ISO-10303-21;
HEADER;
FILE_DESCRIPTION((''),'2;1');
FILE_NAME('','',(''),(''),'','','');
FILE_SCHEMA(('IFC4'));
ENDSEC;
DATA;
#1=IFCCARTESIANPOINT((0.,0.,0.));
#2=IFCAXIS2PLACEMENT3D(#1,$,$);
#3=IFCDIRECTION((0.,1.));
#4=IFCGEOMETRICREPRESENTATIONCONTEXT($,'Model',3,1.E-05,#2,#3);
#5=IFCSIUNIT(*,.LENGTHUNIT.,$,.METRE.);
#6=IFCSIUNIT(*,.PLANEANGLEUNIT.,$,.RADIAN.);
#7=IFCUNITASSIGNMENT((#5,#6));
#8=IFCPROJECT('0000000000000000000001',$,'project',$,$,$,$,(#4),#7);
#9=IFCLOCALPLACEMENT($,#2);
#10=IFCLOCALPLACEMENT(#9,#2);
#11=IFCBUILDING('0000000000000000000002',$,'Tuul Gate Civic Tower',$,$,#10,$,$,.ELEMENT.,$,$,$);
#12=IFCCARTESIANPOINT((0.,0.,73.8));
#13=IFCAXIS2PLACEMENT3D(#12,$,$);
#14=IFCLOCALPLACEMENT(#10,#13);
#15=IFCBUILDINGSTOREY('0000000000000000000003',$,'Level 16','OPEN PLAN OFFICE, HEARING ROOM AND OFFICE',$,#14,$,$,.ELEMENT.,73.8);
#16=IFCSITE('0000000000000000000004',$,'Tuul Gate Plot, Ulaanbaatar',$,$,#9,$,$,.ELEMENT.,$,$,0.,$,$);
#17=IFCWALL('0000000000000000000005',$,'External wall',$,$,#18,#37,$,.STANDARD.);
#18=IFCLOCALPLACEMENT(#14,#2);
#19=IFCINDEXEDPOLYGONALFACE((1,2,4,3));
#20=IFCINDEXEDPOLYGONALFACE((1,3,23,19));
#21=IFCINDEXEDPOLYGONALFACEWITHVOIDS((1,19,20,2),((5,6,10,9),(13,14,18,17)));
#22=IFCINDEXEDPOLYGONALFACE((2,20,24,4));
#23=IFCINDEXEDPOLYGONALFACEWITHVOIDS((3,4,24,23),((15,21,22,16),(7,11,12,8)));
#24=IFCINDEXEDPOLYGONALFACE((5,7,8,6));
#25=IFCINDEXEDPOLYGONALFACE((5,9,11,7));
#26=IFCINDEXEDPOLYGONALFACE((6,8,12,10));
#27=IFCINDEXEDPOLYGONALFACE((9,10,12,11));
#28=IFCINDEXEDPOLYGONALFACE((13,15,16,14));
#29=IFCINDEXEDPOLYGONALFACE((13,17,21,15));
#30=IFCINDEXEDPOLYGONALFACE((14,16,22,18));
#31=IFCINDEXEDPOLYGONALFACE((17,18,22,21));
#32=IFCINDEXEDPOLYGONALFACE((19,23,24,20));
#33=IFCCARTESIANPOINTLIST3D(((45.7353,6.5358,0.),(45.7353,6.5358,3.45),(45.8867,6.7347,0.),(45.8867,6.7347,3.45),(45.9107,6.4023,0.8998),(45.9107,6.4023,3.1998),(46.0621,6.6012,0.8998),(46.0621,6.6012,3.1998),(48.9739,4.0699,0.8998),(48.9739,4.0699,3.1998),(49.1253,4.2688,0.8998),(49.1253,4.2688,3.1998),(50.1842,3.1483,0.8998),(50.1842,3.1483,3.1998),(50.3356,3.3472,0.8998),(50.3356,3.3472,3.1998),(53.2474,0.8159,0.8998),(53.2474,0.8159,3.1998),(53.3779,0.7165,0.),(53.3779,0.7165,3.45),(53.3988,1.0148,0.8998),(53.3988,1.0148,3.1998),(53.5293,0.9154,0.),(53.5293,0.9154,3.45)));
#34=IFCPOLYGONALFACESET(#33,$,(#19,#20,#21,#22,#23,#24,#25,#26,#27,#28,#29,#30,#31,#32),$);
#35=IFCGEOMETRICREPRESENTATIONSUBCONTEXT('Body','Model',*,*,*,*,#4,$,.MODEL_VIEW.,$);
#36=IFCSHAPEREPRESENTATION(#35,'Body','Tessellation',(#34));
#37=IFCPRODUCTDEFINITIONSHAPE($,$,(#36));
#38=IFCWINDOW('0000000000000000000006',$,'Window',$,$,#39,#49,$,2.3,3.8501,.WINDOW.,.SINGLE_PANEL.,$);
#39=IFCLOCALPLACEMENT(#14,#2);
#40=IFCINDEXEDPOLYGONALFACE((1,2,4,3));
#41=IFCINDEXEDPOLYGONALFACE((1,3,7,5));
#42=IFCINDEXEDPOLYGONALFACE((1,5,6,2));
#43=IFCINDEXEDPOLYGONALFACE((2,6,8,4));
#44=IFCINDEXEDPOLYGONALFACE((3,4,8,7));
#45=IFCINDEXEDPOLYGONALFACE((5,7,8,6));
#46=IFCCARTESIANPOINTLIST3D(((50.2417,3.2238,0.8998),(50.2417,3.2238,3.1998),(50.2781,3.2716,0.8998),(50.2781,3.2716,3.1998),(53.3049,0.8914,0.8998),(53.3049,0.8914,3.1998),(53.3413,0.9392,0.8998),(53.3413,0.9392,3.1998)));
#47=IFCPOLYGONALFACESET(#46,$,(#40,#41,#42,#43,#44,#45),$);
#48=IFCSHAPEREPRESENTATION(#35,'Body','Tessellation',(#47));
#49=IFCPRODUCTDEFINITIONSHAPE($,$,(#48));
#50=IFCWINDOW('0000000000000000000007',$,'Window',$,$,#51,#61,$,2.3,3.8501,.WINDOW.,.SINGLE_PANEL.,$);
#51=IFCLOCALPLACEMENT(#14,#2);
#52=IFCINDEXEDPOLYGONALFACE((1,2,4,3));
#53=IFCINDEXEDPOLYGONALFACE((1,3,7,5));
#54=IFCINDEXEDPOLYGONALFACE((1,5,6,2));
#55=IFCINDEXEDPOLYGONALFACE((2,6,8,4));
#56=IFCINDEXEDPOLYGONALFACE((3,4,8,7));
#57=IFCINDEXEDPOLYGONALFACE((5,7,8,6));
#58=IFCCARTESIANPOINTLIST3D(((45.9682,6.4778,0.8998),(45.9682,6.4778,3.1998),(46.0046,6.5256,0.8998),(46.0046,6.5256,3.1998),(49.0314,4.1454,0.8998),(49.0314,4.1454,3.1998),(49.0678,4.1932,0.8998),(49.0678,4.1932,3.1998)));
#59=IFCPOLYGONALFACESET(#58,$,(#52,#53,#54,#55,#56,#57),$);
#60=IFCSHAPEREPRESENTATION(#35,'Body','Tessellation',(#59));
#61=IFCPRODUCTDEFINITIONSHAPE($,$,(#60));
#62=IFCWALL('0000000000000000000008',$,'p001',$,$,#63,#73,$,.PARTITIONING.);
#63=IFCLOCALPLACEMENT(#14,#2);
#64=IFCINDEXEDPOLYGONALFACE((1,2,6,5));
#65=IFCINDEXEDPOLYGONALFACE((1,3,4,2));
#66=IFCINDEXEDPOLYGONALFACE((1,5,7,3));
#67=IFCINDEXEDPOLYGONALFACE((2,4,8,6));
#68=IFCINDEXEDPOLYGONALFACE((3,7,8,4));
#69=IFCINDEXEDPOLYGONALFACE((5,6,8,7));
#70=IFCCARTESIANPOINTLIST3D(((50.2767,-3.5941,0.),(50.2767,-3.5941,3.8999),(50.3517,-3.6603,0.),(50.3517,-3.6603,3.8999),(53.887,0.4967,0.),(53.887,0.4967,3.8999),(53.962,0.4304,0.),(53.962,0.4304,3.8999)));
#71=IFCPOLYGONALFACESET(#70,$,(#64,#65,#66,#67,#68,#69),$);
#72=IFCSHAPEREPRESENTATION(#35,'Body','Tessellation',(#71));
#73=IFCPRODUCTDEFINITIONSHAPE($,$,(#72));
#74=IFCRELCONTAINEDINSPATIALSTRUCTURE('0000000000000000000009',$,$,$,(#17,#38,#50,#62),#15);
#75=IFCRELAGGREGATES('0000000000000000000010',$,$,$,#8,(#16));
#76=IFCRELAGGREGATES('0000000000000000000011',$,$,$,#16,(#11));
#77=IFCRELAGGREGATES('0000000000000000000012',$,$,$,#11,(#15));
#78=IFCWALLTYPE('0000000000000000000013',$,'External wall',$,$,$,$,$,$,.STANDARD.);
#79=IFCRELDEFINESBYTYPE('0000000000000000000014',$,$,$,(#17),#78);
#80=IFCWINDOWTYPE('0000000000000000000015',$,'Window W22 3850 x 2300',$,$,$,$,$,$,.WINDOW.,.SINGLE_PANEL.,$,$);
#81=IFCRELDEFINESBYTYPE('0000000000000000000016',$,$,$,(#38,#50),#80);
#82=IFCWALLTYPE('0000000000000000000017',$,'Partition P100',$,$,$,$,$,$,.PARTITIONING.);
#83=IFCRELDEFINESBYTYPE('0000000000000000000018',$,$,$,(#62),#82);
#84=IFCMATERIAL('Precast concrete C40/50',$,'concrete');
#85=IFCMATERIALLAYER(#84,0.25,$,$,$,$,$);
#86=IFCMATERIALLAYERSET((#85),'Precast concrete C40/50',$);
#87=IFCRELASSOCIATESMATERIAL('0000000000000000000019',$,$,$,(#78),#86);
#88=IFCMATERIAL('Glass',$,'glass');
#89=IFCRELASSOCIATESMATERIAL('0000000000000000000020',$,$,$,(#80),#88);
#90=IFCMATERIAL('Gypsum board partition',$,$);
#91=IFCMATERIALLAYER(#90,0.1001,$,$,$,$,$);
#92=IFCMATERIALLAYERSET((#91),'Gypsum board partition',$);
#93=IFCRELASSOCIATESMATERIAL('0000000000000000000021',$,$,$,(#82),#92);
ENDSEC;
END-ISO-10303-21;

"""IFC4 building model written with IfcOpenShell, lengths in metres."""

from ifc_helpers import new_model, si_unit, direction, frame, frame_2d, origin, place, context, subcontext, project, spatial, rectangle, extrude, material, layer, layer_set, type_object, element, fill, save


model = new_model("IFC4")

# Units and contexts
model_context = context("Model", 3, precision=1e-05, world=origin(), true_north=direction((0.0, 1.0)))
body_context = subcontext(model_context, "Body", "Model", "MODEL_VIEW")
ifc_project = project(units=[si_unit("LENGTHUNIT", "METRE"), si_unit("PLANEANGLEUNIT", "RADIAN")], contexts=[model_context])

# Site, building, storey
site_placement = place(None, origin())
site = spatial("IfcSite", under=ifc_project, at=site_placement, Name="Tuul Gate Plot, Ulaanbaatar", CompositionType="ELEMENT", RefElevation=0.0)
building_placement = place(site_placement, origin())
building = spatial("IfcBuilding", under=site, at=building_placement, Name="Tuul Gate Civic Tower", CompositionType="ELEMENT")
storey_placement = place(building_placement, frame((0.0, 0.0, 73.8)))
storey = spatial("IfcBuildingStorey", under=building, at=storey_placement, Name="Level 16", Description="OPEN PLAN OFFICE, HEARING ROOM AND OFFICE", CompositionType="ELEMENT", Elevation=73.8)

# Wall, openings, windows
ifc_material_1 = material(Name="Precast concrete C40/50", Category="concrete")
ifc_layer_1 = layer(ifc_material_1, 0.25)
ifc_layer_set_1 = layer_set([ifc_layer_1], Name="Precast concrete C40/50")
wall_type_1 = type_object("IfcWallType", Name="External wall", PredefinedType="STANDARD", material=ifc_layer_set_1)
ifc_material_2 = material(Name="Glass", Category="glass")
window_type = type_object("IfcWindowType", Name="Window W22 3850 x 2300", PartitioningType="SINGLE_PANEL", PredefinedType="WINDOW", material=ifc_material_2)
wall_1_placement = place(storey_placement, frame((53.4536, 0.8159, 0.0), z_axis=(0.0, 0.0, 1.0), x_axis=(-0.795611, 0.605807, 0.0)))
wall_1 = element("IfcWall", 1, at=wall_1_placement, inside=storey, type_object=wall_type_1, Name="External wall", PredefinedType="STANDARD", context=body_context, shape_type="SweptSolid", body=[
    extrude(rectangle(XDim=9.606, YDim=0.25, at=frame_2d((4.803, 0.0))), origin(), (0.0, 0.0, 1.0), 3.45),
])
opening_1_placement = place(wall_1_placement, frame((0.1641, 0.0, 0.8999)))
opening_1 = element("IfcOpeningElement", 2, at=opening_1_placement, cuts=wall_1, PredefinedType="OPENING", context=body_context, shape_type="SweptSolid", body=[
    extrude(rectangle(XDim=3.8501, YDim=2.3, at=frame_2d((1.925, 1.1499))), frame((0.0, 0.135, 0.0), z_axis=(0.0, -1.0, 0.0), x_axis=(1.0, 0.0, 0.0)), (0.0, 0.0, 1.0), 0.27),
])
opening_2_placement = place(wall_1_placement, frame((5.5354, 0.0, 0.8999)))
opening_2 = element("IfcOpeningElement", 3, at=opening_2_placement, cuts=wall_1, PredefinedType="OPENING", context=body_context, shape_type="SweptSolid", body=[
    extrude(rectangle(XDim=3.8501, YDim=2.3, at=frame_2d((1.925, 1.1499))), frame((0.0, 0.135, 0.0), z_axis=(0.0, -1.0, 0.0), x_axis=(1.0, 0.0, 0.0)), (0.0, 0.0, 1.0), 0.27),
])
window_1_placement = place(opening_1_placement, origin())
window_1 = element("IfcWindow", 4, at=window_1_placement, inside=storey, type_object=window_type, Name="Window", OverallHeight=2.3, OverallWidth=3.8501, PartitioningType="SINGLE_PANEL", PredefinedType="WINDOW", context=body_context, shape_type="SweptSolid", body=[
    extrude(rectangle(XDim=3.8501, YDim=2.3, at=frame_2d((1.925, 1.1499))), frame((0.0, 0.03, 0.0), z_axis=(0.0, -1.0, 0.0), x_axis=(1.0, 0.0, 0.0)), (0.0, 0.0, 1.0), 0.0601),
])
fill(opening_1, window_1)
window_2_placement = place(opening_2_placement, origin())
window_2 = element("IfcWindow", 5, at=window_2_placement, inside=storey, type_object=window_type, Name="Window", OverallHeight=2.3, OverallWidth=3.8501, PartitioningType="SINGLE_PANEL", PredefinedType="WINDOW", context=body_context, shape_type="SweptSolid", body=[
    extrude(rectangle(XDim=3.8501, YDim=2.3, at=frame_2d((1.925, 1.1499))), frame((0.0, 0.03, 0.0), z_axis=(0.0, -1.0, 0.0), x_axis=(1.0, 0.0, 0.0)), (0.0, 0.0, 1.0), 0.0601),
])
fill(opening_2, window_2)

# Wall
ifc_material_3 = material(Name="Gypsum board partition")
ifc_layer_2 = layer(ifc_material_3, 0.1001)
ifc_layer_set_2 = layer_set([ifc_layer_2], Name="Gypsum board partition")
wall_type_2 = type_object("IfcWallType", Name="Partition P100", PredefinedType="PARTITIONING", material=ifc_layer_set_2)
wall_2_placement = place(storey_placement, frame((50.3142, -3.6272, 0.0), z_axis=(0.0, 0.0, 1.0), x_axis=(0.661705, 0.749765, 0.0)))
element("IfcWall", 6, at=wall_2_placement, inside=storey, type_object=wall_type_2, Name="p001", PredefinedType="PARTITIONING", context=body_context, shape_type="SweptSolid", body=[
    extrude(rectangle(XDim=5.4561, YDim=0.1001, at=frame_2d((2.728, 0.0))), origin(), (0.0, 0.0, 1.0), 3.8999),
])

save(model, "model.ifc")
